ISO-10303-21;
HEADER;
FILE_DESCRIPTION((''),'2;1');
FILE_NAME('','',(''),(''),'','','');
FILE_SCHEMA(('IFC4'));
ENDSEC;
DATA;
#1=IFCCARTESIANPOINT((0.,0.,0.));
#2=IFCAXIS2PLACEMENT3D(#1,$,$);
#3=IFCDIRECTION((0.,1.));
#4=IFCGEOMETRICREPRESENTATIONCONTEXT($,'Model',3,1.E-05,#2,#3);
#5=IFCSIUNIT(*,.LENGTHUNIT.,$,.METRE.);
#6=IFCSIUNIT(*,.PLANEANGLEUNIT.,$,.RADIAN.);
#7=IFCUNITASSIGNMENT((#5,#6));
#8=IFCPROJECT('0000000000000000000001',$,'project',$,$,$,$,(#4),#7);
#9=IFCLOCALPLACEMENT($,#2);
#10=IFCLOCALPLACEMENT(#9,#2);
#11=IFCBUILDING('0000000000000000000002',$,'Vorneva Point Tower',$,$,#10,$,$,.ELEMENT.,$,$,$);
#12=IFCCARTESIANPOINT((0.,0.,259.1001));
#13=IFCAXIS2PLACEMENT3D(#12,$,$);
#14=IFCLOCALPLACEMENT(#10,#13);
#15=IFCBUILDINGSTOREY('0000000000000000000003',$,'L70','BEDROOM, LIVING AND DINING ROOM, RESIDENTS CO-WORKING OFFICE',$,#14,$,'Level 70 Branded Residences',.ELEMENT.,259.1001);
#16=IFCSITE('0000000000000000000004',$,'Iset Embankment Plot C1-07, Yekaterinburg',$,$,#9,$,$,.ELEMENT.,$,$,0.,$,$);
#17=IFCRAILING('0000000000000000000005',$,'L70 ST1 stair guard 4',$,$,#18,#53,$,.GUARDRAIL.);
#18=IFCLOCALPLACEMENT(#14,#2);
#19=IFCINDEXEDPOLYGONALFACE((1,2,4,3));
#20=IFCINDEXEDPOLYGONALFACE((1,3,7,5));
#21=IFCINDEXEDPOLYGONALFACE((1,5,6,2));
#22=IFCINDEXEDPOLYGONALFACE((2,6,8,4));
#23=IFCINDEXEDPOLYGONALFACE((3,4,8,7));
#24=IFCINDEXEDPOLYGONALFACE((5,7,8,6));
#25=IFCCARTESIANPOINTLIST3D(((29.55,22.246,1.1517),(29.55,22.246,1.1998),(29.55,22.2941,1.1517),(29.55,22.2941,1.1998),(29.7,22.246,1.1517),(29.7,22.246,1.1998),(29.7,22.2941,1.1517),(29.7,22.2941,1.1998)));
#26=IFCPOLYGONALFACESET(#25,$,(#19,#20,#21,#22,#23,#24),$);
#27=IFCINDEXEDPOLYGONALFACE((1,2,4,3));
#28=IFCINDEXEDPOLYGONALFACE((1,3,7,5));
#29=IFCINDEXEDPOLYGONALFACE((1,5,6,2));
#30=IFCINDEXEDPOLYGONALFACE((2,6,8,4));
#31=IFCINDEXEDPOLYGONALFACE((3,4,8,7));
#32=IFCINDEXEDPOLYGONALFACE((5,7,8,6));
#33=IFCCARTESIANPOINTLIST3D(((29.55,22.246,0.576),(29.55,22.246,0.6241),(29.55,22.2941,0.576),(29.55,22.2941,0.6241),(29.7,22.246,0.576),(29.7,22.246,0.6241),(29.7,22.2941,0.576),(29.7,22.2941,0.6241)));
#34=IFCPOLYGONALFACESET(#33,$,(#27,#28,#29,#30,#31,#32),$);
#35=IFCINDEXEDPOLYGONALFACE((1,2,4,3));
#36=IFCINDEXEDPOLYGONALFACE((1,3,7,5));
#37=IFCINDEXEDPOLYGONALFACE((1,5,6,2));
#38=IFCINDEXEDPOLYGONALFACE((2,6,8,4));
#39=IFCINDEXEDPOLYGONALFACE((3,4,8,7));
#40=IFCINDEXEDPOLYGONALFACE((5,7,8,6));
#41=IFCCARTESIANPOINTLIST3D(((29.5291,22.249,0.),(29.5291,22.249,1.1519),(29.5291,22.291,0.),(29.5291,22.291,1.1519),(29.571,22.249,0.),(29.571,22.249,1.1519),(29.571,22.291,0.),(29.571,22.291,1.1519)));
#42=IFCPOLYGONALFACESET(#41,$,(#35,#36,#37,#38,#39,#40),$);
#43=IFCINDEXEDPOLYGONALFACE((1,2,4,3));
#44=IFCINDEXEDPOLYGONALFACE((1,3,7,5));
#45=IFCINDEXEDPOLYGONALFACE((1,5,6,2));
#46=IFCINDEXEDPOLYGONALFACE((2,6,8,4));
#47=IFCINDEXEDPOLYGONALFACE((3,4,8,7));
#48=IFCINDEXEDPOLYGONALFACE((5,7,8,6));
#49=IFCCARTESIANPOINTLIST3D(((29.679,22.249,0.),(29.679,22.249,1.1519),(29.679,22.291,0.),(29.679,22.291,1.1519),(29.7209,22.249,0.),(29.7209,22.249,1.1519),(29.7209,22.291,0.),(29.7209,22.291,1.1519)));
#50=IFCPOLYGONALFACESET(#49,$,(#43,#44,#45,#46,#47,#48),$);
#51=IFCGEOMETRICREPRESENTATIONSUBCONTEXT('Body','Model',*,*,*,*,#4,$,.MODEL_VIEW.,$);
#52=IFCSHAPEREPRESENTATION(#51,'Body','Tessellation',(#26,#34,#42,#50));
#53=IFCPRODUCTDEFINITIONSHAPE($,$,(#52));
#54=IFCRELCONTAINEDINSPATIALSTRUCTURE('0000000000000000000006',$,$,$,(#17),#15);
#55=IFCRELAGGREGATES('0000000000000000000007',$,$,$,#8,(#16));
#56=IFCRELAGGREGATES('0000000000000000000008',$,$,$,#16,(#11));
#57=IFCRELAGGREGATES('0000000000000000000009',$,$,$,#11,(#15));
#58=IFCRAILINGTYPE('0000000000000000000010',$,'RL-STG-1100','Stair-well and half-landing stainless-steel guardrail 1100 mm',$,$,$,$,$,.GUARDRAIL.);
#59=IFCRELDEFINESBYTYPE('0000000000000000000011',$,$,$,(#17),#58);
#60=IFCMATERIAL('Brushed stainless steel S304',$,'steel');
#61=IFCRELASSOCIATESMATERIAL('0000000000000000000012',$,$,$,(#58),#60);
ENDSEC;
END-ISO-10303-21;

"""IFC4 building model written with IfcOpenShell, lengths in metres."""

from ifc_helpers import new_model, si_unit, direction, frame, origin, origin_2d, place, context, subcontext, project, spatial, rectangle, extrude, material, type_object, element, save


model = new_model("IFC4")

# Units and contexts
model_context = context("Model", 3, precision=1e-05, world=origin(), true_north=direction((0.0, 1.0)))
body_context = subcontext(model_context, "Body", "Model", "MODEL_VIEW")
ifc_project = project(units=[si_unit("LENGTHUNIT", "METRE"), si_unit("PLANEANGLEUNIT", "RADIAN")], contexts=[model_context])

# Site, building, storey
site_placement = place(None, origin())
site = spatial("IfcSite", under=ifc_project, at=site_placement, Name="Iset Embankment Plot C1-07, Yekaterinburg", CompositionType="ELEMENT", RefElevation=0.0)
building_placement = place(site_placement, origin())
building = spatial("IfcBuilding", under=site, at=building_placement, Name="Vorneva Point Tower", CompositionType="ELEMENT")
storey_placement = place(building_placement, frame((0.0, 0.0, 259.1001)))
storey = spatial("IfcBuildingStorey", under=building, at=storey_placement, Name="L70", Description="BEDROOM, LIVING AND DINING ROOM, RESIDENTS CO-WORKING OFFICE", LongName="Level 70 Branded Residences", CompositionType="ELEMENT", Elevation=259.1001)

# Railing
ifc_material_1 = material(Name="Brushed stainless steel S304", Category="steel")
railing_type_1 = type_object("IfcRailingType", Name="RL-STG-1100", Description="Stair-well and half-landing stainless-steel guardrail 1100 mm", PredefinedType="GUARDRAIL", material=ifc_material_1)
railing_1_placement = place(storey_placement, frame((29.55, 22.27, 0.0)))
element("IfcRailing", 1, at=railing_1_placement, inside=storey, type_object=railing_type_1, Name="L70 ST1 stair guard 4", PredefinedType="GUARDRAIL", context=body_context, shape_type="SweptSolid", body=[
    extrude(rectangle(XDim=0.0481, YDim=0.0481, at=origin_2d()), frame((0.0, 0.0, 1.1758), z_axis=(1.0, 0.0, 0.0), x_axis=(0.0, 1.0, 0.0)), (0.0, 0.0, 1.0), 0.1499),
    extrude(rectangle(XDim=0.0481, YDim=0.0481, at=origin_2d()), frame((0.0, 0.0, 0.6001), z_axis=(1.0, 0.0, 0.0), x_axis=(0.0, 1.0, 0.0)), (0.0, 0.0, 1.0), 0.1499),
    extrude(rectangle(XDim=0.042, YDim=0.042, at=origin_2d()), origin(), (0.0, 0.0, 1.0), 1.1519),
    extrude(rectangle(XDim=0.042, YDim=0.042, at=origin_2d()), frame((0.1499, 0.0, 0.0)), (0.0, 0.0, 1.0), 1.1519),
])

save(model, "model.ifc")
